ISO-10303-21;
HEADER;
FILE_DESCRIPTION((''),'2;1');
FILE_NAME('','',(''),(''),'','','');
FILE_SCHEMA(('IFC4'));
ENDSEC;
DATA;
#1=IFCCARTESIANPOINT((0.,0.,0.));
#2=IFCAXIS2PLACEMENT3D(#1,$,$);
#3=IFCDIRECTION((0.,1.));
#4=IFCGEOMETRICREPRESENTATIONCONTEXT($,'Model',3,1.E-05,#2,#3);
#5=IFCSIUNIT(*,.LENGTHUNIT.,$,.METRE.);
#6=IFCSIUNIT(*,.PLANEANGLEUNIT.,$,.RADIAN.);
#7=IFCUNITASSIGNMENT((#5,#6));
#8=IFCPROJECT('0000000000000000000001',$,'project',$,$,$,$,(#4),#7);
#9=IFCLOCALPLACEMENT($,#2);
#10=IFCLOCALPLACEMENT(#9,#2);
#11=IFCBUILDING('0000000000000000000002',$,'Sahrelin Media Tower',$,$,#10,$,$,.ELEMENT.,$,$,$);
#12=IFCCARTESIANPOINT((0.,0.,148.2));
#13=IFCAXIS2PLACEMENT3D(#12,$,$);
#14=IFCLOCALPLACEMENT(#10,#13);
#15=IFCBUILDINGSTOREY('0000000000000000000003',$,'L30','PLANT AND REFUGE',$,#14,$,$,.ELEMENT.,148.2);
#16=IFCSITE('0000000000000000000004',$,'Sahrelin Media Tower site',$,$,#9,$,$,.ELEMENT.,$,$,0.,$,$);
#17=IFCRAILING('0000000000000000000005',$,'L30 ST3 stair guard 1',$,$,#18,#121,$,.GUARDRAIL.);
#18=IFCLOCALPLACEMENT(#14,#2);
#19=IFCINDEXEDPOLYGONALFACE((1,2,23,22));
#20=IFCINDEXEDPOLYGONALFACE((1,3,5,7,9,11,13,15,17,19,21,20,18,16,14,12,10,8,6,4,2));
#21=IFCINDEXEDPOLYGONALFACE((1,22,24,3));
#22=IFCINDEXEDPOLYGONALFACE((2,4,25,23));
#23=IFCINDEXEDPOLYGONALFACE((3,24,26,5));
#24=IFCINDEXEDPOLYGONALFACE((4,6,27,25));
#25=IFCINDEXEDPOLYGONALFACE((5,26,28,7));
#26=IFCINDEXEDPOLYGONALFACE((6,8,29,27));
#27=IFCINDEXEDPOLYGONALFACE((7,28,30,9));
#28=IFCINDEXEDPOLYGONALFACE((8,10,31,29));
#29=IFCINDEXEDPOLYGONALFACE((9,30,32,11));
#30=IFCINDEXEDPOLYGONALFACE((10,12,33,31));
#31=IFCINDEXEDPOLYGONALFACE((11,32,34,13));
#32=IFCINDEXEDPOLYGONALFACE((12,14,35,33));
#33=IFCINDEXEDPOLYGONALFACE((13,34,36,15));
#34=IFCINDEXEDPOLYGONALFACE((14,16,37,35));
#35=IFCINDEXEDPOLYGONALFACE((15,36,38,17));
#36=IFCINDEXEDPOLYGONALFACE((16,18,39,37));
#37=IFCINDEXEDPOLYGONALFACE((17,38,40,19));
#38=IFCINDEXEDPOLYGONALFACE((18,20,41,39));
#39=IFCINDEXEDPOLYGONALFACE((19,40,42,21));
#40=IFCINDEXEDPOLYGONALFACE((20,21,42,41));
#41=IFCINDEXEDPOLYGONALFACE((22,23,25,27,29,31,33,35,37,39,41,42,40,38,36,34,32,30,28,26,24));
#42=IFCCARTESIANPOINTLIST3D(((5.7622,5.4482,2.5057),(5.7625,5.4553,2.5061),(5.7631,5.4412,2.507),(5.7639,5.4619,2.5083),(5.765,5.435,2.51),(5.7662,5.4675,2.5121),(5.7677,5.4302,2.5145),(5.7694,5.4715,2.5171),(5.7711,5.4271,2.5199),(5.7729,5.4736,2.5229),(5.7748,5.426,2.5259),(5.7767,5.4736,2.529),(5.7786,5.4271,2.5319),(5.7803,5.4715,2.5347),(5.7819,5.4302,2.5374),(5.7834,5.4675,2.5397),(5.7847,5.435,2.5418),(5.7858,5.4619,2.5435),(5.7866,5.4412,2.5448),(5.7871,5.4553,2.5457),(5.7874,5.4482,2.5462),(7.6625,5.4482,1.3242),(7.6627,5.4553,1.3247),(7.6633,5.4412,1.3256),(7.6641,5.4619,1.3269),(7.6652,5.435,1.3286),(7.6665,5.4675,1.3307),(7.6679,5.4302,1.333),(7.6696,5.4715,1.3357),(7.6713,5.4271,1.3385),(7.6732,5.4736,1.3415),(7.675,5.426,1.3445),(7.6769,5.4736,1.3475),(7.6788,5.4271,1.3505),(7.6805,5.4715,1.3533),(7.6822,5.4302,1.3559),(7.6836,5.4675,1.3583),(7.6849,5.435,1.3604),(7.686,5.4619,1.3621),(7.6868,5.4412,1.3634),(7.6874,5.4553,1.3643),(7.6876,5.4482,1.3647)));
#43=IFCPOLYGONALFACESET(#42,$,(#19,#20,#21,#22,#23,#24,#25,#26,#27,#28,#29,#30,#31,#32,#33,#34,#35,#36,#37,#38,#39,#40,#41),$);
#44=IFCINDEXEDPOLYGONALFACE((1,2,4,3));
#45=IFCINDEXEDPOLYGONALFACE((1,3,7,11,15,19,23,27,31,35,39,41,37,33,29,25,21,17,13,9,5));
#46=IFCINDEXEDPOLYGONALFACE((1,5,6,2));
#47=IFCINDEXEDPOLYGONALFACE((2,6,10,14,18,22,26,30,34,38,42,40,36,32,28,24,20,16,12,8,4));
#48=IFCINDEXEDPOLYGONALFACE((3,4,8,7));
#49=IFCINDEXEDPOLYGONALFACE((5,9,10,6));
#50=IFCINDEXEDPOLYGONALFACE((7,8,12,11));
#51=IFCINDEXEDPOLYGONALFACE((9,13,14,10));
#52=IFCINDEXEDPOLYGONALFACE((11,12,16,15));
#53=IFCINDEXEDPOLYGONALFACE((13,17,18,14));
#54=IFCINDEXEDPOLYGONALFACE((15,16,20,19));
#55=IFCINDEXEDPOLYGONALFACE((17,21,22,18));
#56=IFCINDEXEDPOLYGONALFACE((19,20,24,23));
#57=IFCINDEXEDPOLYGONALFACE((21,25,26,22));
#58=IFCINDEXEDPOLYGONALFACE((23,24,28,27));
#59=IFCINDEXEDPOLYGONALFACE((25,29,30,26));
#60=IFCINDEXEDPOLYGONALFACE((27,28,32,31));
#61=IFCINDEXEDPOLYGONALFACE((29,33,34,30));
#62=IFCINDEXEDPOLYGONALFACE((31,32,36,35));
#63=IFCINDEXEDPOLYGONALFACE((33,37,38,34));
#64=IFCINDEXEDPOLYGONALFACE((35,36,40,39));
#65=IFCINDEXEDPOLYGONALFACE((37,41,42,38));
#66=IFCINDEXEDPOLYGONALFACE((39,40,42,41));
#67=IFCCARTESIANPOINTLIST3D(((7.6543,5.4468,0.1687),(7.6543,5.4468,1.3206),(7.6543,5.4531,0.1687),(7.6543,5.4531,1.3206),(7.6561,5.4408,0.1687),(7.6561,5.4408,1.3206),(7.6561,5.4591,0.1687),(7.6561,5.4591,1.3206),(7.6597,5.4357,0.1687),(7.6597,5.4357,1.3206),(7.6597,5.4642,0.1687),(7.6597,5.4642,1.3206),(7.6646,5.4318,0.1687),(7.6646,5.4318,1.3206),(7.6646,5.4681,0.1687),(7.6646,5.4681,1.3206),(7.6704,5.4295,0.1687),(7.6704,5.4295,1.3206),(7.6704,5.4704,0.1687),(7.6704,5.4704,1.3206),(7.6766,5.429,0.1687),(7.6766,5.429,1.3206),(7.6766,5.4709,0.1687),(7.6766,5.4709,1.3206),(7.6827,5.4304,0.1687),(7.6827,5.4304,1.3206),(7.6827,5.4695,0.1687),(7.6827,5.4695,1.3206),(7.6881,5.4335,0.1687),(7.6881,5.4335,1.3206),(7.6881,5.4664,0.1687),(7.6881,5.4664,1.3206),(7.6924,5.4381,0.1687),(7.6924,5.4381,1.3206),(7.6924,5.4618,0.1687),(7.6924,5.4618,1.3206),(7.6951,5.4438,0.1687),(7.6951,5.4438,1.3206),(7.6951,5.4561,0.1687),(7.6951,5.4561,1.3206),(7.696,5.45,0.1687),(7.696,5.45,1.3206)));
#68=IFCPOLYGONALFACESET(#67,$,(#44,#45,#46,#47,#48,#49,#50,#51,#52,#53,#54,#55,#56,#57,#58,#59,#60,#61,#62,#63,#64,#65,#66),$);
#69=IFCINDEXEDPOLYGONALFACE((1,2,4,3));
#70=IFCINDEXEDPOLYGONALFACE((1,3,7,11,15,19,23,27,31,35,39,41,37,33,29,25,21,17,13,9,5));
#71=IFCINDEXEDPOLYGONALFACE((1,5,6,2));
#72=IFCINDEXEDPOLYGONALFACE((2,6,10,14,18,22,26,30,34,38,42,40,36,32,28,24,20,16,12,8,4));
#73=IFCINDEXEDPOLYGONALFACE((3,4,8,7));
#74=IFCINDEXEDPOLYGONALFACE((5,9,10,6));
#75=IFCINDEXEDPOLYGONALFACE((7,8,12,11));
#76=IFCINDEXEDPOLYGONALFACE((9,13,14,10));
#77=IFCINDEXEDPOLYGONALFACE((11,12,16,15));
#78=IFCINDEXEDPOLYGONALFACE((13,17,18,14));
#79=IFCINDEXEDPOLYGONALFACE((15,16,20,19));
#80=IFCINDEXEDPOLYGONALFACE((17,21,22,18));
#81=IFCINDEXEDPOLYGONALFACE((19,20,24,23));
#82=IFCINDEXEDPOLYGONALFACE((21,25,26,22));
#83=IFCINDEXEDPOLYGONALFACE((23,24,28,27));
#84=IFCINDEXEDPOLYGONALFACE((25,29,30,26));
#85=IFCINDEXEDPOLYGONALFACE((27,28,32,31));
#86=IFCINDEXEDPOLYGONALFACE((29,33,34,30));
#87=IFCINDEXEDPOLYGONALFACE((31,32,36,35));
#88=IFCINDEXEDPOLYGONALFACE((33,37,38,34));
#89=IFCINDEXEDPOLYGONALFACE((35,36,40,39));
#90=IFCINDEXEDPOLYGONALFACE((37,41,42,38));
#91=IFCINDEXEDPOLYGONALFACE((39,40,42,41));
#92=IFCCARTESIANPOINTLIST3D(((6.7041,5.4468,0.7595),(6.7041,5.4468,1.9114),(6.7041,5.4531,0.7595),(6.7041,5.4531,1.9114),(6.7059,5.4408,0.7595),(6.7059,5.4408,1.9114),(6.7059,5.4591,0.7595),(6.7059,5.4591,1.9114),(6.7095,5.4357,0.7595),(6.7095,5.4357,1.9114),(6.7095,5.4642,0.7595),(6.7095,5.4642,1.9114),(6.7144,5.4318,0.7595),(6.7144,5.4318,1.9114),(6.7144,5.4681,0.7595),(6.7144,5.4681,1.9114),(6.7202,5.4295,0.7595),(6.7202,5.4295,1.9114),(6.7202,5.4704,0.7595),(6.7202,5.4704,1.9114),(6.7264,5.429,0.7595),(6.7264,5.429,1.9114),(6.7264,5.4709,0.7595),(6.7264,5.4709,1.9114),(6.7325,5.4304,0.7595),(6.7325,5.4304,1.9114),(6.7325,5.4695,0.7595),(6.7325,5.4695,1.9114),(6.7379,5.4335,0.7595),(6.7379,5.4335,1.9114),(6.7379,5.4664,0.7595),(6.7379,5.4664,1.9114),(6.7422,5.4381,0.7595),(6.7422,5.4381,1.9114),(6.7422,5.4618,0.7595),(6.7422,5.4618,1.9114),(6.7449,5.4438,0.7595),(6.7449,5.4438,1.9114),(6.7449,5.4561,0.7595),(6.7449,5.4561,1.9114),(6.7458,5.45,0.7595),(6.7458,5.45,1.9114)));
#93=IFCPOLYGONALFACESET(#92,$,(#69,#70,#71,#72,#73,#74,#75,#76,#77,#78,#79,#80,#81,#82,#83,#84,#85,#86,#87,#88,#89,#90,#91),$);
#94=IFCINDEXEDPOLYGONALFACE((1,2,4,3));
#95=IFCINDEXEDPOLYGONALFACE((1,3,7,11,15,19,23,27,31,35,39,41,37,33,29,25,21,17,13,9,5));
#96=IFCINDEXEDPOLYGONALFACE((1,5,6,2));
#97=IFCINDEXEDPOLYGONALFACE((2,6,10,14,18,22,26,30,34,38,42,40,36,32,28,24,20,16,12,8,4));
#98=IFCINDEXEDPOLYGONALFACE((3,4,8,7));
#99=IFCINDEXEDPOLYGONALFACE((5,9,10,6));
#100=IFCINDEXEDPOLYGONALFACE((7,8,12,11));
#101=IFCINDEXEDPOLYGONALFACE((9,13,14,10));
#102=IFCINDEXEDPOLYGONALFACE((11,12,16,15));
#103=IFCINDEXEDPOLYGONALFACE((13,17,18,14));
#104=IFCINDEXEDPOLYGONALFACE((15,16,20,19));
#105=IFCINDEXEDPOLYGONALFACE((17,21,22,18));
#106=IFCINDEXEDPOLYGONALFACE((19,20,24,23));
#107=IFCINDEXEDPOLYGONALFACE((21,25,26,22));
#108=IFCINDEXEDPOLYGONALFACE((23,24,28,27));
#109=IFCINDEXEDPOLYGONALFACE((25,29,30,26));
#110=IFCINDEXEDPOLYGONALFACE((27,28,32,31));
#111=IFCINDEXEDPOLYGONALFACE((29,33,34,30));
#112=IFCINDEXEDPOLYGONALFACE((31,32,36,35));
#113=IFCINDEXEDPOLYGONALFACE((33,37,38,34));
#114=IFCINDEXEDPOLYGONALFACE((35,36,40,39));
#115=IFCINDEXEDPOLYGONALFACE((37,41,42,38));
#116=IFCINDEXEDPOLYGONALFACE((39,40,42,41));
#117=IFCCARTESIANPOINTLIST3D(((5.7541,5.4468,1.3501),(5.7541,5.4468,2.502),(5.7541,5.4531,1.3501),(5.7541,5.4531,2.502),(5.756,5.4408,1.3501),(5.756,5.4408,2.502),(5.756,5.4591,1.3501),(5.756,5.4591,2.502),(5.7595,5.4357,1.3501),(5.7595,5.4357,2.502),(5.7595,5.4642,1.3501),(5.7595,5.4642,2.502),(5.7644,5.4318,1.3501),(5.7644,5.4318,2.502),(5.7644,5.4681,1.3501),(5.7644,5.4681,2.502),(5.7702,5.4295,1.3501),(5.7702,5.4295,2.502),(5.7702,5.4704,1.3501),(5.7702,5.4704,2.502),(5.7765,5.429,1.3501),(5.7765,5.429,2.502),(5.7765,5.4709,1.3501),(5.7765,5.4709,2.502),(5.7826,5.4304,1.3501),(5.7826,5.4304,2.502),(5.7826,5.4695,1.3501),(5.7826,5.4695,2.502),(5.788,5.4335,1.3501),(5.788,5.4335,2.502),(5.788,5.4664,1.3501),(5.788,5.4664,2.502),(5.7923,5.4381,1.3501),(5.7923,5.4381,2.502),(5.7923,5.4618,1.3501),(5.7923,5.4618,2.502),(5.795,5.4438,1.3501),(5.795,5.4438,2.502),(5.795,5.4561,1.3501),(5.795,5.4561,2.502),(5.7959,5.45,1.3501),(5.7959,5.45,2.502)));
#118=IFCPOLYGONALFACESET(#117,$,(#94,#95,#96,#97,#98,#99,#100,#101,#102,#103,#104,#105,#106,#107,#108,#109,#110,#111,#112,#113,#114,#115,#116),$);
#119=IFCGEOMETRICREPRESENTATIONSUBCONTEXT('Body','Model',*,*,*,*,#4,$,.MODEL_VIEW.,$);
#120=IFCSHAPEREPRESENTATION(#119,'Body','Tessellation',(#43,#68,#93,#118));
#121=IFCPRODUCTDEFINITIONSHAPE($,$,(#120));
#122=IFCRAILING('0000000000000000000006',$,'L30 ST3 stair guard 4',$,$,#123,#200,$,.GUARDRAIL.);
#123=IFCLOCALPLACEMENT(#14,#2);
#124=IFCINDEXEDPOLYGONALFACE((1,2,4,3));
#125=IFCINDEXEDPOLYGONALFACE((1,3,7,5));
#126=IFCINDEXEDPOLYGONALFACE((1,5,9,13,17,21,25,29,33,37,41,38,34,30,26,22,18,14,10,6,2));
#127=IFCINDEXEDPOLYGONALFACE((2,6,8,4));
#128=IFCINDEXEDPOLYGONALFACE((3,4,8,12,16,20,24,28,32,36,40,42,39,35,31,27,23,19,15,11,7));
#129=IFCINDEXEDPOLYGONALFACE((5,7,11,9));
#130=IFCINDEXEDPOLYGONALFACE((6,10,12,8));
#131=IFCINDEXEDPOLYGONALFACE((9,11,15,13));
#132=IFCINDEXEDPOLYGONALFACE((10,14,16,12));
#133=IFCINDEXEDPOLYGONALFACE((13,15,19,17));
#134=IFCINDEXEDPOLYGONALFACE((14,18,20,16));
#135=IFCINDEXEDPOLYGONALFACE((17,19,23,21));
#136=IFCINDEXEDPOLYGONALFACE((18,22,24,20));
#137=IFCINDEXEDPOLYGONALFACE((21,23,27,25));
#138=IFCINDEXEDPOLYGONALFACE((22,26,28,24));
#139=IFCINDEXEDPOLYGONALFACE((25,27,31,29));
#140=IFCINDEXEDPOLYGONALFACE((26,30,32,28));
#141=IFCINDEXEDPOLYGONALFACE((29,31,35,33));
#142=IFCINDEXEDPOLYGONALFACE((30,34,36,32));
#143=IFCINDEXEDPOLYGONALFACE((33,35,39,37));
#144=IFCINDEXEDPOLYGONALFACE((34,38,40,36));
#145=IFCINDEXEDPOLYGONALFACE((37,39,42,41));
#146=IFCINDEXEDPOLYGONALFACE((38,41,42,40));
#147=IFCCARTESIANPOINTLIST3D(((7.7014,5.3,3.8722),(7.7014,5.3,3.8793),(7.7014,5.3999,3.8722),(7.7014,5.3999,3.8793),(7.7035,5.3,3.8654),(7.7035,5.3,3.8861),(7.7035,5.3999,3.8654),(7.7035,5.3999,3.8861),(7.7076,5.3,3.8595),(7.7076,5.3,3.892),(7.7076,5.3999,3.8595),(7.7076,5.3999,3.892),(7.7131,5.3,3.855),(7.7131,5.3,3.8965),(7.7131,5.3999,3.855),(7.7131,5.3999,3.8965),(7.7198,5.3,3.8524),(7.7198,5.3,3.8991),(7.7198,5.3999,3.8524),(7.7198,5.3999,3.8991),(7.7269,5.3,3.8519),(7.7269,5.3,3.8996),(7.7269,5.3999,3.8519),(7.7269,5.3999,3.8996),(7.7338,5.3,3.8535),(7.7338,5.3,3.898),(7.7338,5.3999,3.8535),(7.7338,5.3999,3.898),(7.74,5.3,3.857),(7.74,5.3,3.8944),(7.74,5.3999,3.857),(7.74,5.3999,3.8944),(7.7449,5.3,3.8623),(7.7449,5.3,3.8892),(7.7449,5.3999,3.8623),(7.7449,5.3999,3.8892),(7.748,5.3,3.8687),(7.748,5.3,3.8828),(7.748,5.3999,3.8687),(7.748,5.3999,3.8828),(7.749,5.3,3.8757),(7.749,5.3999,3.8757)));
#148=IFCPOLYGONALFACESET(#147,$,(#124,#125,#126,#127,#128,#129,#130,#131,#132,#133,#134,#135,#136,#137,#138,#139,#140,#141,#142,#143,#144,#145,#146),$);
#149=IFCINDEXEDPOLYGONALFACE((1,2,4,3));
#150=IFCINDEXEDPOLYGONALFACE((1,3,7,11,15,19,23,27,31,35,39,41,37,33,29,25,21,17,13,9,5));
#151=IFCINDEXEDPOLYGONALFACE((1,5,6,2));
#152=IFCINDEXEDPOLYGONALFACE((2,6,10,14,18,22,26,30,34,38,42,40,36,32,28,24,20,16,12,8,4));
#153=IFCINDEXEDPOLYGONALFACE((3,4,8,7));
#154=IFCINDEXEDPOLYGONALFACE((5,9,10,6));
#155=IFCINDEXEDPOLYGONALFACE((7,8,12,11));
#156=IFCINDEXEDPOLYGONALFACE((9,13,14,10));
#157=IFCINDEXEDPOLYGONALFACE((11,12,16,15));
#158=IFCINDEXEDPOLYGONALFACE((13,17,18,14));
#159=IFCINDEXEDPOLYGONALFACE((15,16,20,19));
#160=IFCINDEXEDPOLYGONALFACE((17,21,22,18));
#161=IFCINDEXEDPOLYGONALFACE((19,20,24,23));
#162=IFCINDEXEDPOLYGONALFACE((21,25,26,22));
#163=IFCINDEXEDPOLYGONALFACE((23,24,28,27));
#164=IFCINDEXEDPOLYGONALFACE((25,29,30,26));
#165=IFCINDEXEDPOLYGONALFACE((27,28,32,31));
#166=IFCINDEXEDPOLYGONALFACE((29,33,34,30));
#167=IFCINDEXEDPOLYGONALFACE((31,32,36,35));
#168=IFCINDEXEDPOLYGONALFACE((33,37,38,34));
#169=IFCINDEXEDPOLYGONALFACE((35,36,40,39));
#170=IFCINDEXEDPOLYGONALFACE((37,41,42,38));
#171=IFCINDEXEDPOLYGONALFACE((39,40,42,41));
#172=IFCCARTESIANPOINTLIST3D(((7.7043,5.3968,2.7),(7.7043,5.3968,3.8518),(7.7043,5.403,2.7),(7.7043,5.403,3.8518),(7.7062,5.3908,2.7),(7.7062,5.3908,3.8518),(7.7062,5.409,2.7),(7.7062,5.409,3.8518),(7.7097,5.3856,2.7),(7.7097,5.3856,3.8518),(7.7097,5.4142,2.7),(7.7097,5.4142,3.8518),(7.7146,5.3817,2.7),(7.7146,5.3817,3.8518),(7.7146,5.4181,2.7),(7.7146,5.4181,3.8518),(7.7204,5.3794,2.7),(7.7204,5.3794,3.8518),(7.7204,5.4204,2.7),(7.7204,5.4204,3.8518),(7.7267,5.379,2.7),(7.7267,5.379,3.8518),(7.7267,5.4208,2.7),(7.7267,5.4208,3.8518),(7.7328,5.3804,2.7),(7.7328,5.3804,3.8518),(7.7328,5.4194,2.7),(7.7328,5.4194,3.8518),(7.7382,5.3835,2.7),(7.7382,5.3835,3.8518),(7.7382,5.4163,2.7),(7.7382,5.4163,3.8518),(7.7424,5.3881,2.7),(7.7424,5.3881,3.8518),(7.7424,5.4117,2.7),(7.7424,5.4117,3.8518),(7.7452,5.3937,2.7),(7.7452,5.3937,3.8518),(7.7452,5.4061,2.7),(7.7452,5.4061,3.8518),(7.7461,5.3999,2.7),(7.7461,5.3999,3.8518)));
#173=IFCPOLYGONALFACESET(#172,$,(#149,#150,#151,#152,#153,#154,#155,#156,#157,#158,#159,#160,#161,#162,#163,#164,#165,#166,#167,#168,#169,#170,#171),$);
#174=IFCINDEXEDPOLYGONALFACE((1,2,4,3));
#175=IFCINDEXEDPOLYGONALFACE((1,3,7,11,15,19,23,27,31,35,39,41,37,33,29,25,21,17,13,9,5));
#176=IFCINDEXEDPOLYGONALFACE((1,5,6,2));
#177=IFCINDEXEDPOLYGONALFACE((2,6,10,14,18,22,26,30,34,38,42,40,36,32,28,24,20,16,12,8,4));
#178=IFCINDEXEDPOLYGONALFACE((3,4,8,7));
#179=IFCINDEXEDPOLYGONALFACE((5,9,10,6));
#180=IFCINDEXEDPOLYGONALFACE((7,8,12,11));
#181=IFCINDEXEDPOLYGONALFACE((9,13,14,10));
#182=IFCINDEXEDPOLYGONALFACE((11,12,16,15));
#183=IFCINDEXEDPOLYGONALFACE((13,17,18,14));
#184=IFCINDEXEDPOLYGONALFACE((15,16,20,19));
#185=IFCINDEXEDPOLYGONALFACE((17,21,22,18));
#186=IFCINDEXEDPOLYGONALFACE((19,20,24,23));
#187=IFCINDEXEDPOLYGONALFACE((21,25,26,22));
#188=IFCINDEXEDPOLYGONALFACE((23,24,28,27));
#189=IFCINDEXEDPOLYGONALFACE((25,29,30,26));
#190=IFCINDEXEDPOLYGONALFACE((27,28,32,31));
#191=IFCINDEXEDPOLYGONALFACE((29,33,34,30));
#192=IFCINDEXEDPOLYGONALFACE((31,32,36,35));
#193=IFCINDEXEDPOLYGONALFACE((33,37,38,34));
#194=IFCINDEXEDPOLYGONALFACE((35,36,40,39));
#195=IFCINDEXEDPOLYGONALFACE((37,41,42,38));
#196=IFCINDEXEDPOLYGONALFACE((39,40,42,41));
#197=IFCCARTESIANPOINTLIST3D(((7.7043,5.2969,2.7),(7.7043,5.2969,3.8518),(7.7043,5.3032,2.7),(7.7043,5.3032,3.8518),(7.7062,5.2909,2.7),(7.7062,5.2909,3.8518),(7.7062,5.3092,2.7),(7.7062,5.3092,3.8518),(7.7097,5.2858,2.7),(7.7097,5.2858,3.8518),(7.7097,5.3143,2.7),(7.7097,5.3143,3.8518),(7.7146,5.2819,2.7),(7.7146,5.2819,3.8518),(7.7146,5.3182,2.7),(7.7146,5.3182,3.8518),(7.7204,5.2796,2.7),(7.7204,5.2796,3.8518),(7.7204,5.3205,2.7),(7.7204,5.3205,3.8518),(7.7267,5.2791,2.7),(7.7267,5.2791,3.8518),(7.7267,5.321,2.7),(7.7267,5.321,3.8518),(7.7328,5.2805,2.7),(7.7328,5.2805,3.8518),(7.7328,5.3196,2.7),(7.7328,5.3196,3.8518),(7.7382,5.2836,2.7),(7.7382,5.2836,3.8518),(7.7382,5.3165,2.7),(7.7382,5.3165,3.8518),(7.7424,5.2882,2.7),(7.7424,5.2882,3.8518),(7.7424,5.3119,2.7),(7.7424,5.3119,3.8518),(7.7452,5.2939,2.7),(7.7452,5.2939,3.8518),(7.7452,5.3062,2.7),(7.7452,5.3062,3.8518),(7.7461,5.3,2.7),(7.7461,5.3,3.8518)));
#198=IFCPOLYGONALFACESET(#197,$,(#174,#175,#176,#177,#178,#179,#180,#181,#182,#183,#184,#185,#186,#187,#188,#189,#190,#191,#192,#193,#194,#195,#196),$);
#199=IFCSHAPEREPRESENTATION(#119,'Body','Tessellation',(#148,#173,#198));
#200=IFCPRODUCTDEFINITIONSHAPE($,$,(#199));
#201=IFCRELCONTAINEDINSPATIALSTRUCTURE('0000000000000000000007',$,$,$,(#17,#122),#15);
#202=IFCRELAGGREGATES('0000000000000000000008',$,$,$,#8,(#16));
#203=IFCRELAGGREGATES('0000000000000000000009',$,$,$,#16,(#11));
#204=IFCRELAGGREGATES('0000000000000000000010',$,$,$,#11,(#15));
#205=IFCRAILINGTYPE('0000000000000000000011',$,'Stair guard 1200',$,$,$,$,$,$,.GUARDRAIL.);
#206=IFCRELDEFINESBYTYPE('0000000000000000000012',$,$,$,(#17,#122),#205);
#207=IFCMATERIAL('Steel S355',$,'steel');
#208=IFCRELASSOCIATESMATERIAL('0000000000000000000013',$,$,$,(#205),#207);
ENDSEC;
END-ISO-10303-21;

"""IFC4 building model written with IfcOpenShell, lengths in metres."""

from ifc_helpers import new_model, si_unit, direction, frame, origin, origin_2d, place, context, subcontext, project, spatial, circle, extrude, material, type_object, element, save


model = new_model("IFC4")

# Units and contexts
model_context = context("Model", 3, precision=1e-05, world=origin(), true_north=direction((0.0, 1.0)))
body_context = subcontext(model_context, "Body", "Model", "MODEL_VIEW")
ifc_project = project(units=[si_unit("LENGTHUNIT", "METRE"), si_unit("PLANEANGLEUNIT", "RADIAN")], contexts=[model_context])

# Site, building, storey
site_placement = place(None, origin())
site = spatial("IfcSite", under=ifc_project, at=site_placement, Name="Sahrelin Media Tower site", CompositionType="ELEMENT", RefElevation=0.0)
building_placement = place(site_placement, origin())
building = spatial("IfcBuilding", under=site, at=building_placement, Name="Sahrelin Media Tower", CompositionType="ELEMENT")
storey_placement = place(building_placement, frame((0.0, 0.0, 148.2)))
storey = spatial("IfcBuildingStorey", under=building, at=storey_placement, Name="L30", Description="PLANT AND REFUGE", CompositionType="ELEMENT", Elevation=148.2)

# Shared definitions
ifc_material_1 = material(Name="Steel S355", Category="steel")

# Railings
railing_type_1 = type_object("IfcRailingType", Name="Stair guard 1200", PredefinedType="GUARDRAIL", material=ifc_material_1)
railing_1_placement = place(storey_placement, frame((7.675, 5.45, 0.1687)))
element("IfcRailing", 1, at=railing_1_placement, inside=storey, type_object=railing_type_1, Name="L30 ST3 stair guard 1", PredefinedType="GUARDRAIL", context=body_context, shape_type="SweptSolid", body=[
    extrude(circle(Radius=0.0239, at=origin_2d()), frame((0.0, 0.0, 1.1758), z_axis=(-0.84924, 0.0, 0.528006), x_axis=(0.0, -1.0, 0.0)), (0.0, 0.0, 1.0), 2.2375),
    extrude(circle(Radius=0.021, at=origin_2d()), origin(), (0.0, 0.0, 1.0), 1.1519),
    extrude(circle(Radius=0.021, at=origin_2d()), frame((-0.9502, 0.0, 0.5908)), (0.0, 0.0, 1.0), 1.1519),
    extrude(circle(Radius=0.021, at=origin_2d()), frame((-1.9001, 0.0, 1.1814)), (0.0, 0.0, 1.0), 1.1519),
])
railing_2_placement = place(storey_placement, frame((7.7251, 5.3999, 2.7)))
element("IfcRailing", 2, at=railing_2_placement, inside=storey, type_object=railing_type_1, Name="L30 ST3 stair guard 4", PredefinedType="GUARDRAIL", context=body_context, shape_type="SweptSolid", body=[
    extrude(circle(Radius=0.0239, at=origin_2d()), frame((0.0, 0.0, 1.1758), z_axis=(0.0, -1.0, 0.0), x_axis=(1.0, 0.0, 0.0)), (0.0, 0.0, 1.0), 0.0999),
    extrude(circle(Radius=0.021, at=origin_2d()), origin(), (0.0, 0.0, 1.0), 1.1519),
    extrude(circle(Radius=0.021, at=origin_2d()), frame((0.0, -0.0999, 0.0)), (0.0, 0.0, 1.0), 1.1519),
])

save(model, "model.ifc")
